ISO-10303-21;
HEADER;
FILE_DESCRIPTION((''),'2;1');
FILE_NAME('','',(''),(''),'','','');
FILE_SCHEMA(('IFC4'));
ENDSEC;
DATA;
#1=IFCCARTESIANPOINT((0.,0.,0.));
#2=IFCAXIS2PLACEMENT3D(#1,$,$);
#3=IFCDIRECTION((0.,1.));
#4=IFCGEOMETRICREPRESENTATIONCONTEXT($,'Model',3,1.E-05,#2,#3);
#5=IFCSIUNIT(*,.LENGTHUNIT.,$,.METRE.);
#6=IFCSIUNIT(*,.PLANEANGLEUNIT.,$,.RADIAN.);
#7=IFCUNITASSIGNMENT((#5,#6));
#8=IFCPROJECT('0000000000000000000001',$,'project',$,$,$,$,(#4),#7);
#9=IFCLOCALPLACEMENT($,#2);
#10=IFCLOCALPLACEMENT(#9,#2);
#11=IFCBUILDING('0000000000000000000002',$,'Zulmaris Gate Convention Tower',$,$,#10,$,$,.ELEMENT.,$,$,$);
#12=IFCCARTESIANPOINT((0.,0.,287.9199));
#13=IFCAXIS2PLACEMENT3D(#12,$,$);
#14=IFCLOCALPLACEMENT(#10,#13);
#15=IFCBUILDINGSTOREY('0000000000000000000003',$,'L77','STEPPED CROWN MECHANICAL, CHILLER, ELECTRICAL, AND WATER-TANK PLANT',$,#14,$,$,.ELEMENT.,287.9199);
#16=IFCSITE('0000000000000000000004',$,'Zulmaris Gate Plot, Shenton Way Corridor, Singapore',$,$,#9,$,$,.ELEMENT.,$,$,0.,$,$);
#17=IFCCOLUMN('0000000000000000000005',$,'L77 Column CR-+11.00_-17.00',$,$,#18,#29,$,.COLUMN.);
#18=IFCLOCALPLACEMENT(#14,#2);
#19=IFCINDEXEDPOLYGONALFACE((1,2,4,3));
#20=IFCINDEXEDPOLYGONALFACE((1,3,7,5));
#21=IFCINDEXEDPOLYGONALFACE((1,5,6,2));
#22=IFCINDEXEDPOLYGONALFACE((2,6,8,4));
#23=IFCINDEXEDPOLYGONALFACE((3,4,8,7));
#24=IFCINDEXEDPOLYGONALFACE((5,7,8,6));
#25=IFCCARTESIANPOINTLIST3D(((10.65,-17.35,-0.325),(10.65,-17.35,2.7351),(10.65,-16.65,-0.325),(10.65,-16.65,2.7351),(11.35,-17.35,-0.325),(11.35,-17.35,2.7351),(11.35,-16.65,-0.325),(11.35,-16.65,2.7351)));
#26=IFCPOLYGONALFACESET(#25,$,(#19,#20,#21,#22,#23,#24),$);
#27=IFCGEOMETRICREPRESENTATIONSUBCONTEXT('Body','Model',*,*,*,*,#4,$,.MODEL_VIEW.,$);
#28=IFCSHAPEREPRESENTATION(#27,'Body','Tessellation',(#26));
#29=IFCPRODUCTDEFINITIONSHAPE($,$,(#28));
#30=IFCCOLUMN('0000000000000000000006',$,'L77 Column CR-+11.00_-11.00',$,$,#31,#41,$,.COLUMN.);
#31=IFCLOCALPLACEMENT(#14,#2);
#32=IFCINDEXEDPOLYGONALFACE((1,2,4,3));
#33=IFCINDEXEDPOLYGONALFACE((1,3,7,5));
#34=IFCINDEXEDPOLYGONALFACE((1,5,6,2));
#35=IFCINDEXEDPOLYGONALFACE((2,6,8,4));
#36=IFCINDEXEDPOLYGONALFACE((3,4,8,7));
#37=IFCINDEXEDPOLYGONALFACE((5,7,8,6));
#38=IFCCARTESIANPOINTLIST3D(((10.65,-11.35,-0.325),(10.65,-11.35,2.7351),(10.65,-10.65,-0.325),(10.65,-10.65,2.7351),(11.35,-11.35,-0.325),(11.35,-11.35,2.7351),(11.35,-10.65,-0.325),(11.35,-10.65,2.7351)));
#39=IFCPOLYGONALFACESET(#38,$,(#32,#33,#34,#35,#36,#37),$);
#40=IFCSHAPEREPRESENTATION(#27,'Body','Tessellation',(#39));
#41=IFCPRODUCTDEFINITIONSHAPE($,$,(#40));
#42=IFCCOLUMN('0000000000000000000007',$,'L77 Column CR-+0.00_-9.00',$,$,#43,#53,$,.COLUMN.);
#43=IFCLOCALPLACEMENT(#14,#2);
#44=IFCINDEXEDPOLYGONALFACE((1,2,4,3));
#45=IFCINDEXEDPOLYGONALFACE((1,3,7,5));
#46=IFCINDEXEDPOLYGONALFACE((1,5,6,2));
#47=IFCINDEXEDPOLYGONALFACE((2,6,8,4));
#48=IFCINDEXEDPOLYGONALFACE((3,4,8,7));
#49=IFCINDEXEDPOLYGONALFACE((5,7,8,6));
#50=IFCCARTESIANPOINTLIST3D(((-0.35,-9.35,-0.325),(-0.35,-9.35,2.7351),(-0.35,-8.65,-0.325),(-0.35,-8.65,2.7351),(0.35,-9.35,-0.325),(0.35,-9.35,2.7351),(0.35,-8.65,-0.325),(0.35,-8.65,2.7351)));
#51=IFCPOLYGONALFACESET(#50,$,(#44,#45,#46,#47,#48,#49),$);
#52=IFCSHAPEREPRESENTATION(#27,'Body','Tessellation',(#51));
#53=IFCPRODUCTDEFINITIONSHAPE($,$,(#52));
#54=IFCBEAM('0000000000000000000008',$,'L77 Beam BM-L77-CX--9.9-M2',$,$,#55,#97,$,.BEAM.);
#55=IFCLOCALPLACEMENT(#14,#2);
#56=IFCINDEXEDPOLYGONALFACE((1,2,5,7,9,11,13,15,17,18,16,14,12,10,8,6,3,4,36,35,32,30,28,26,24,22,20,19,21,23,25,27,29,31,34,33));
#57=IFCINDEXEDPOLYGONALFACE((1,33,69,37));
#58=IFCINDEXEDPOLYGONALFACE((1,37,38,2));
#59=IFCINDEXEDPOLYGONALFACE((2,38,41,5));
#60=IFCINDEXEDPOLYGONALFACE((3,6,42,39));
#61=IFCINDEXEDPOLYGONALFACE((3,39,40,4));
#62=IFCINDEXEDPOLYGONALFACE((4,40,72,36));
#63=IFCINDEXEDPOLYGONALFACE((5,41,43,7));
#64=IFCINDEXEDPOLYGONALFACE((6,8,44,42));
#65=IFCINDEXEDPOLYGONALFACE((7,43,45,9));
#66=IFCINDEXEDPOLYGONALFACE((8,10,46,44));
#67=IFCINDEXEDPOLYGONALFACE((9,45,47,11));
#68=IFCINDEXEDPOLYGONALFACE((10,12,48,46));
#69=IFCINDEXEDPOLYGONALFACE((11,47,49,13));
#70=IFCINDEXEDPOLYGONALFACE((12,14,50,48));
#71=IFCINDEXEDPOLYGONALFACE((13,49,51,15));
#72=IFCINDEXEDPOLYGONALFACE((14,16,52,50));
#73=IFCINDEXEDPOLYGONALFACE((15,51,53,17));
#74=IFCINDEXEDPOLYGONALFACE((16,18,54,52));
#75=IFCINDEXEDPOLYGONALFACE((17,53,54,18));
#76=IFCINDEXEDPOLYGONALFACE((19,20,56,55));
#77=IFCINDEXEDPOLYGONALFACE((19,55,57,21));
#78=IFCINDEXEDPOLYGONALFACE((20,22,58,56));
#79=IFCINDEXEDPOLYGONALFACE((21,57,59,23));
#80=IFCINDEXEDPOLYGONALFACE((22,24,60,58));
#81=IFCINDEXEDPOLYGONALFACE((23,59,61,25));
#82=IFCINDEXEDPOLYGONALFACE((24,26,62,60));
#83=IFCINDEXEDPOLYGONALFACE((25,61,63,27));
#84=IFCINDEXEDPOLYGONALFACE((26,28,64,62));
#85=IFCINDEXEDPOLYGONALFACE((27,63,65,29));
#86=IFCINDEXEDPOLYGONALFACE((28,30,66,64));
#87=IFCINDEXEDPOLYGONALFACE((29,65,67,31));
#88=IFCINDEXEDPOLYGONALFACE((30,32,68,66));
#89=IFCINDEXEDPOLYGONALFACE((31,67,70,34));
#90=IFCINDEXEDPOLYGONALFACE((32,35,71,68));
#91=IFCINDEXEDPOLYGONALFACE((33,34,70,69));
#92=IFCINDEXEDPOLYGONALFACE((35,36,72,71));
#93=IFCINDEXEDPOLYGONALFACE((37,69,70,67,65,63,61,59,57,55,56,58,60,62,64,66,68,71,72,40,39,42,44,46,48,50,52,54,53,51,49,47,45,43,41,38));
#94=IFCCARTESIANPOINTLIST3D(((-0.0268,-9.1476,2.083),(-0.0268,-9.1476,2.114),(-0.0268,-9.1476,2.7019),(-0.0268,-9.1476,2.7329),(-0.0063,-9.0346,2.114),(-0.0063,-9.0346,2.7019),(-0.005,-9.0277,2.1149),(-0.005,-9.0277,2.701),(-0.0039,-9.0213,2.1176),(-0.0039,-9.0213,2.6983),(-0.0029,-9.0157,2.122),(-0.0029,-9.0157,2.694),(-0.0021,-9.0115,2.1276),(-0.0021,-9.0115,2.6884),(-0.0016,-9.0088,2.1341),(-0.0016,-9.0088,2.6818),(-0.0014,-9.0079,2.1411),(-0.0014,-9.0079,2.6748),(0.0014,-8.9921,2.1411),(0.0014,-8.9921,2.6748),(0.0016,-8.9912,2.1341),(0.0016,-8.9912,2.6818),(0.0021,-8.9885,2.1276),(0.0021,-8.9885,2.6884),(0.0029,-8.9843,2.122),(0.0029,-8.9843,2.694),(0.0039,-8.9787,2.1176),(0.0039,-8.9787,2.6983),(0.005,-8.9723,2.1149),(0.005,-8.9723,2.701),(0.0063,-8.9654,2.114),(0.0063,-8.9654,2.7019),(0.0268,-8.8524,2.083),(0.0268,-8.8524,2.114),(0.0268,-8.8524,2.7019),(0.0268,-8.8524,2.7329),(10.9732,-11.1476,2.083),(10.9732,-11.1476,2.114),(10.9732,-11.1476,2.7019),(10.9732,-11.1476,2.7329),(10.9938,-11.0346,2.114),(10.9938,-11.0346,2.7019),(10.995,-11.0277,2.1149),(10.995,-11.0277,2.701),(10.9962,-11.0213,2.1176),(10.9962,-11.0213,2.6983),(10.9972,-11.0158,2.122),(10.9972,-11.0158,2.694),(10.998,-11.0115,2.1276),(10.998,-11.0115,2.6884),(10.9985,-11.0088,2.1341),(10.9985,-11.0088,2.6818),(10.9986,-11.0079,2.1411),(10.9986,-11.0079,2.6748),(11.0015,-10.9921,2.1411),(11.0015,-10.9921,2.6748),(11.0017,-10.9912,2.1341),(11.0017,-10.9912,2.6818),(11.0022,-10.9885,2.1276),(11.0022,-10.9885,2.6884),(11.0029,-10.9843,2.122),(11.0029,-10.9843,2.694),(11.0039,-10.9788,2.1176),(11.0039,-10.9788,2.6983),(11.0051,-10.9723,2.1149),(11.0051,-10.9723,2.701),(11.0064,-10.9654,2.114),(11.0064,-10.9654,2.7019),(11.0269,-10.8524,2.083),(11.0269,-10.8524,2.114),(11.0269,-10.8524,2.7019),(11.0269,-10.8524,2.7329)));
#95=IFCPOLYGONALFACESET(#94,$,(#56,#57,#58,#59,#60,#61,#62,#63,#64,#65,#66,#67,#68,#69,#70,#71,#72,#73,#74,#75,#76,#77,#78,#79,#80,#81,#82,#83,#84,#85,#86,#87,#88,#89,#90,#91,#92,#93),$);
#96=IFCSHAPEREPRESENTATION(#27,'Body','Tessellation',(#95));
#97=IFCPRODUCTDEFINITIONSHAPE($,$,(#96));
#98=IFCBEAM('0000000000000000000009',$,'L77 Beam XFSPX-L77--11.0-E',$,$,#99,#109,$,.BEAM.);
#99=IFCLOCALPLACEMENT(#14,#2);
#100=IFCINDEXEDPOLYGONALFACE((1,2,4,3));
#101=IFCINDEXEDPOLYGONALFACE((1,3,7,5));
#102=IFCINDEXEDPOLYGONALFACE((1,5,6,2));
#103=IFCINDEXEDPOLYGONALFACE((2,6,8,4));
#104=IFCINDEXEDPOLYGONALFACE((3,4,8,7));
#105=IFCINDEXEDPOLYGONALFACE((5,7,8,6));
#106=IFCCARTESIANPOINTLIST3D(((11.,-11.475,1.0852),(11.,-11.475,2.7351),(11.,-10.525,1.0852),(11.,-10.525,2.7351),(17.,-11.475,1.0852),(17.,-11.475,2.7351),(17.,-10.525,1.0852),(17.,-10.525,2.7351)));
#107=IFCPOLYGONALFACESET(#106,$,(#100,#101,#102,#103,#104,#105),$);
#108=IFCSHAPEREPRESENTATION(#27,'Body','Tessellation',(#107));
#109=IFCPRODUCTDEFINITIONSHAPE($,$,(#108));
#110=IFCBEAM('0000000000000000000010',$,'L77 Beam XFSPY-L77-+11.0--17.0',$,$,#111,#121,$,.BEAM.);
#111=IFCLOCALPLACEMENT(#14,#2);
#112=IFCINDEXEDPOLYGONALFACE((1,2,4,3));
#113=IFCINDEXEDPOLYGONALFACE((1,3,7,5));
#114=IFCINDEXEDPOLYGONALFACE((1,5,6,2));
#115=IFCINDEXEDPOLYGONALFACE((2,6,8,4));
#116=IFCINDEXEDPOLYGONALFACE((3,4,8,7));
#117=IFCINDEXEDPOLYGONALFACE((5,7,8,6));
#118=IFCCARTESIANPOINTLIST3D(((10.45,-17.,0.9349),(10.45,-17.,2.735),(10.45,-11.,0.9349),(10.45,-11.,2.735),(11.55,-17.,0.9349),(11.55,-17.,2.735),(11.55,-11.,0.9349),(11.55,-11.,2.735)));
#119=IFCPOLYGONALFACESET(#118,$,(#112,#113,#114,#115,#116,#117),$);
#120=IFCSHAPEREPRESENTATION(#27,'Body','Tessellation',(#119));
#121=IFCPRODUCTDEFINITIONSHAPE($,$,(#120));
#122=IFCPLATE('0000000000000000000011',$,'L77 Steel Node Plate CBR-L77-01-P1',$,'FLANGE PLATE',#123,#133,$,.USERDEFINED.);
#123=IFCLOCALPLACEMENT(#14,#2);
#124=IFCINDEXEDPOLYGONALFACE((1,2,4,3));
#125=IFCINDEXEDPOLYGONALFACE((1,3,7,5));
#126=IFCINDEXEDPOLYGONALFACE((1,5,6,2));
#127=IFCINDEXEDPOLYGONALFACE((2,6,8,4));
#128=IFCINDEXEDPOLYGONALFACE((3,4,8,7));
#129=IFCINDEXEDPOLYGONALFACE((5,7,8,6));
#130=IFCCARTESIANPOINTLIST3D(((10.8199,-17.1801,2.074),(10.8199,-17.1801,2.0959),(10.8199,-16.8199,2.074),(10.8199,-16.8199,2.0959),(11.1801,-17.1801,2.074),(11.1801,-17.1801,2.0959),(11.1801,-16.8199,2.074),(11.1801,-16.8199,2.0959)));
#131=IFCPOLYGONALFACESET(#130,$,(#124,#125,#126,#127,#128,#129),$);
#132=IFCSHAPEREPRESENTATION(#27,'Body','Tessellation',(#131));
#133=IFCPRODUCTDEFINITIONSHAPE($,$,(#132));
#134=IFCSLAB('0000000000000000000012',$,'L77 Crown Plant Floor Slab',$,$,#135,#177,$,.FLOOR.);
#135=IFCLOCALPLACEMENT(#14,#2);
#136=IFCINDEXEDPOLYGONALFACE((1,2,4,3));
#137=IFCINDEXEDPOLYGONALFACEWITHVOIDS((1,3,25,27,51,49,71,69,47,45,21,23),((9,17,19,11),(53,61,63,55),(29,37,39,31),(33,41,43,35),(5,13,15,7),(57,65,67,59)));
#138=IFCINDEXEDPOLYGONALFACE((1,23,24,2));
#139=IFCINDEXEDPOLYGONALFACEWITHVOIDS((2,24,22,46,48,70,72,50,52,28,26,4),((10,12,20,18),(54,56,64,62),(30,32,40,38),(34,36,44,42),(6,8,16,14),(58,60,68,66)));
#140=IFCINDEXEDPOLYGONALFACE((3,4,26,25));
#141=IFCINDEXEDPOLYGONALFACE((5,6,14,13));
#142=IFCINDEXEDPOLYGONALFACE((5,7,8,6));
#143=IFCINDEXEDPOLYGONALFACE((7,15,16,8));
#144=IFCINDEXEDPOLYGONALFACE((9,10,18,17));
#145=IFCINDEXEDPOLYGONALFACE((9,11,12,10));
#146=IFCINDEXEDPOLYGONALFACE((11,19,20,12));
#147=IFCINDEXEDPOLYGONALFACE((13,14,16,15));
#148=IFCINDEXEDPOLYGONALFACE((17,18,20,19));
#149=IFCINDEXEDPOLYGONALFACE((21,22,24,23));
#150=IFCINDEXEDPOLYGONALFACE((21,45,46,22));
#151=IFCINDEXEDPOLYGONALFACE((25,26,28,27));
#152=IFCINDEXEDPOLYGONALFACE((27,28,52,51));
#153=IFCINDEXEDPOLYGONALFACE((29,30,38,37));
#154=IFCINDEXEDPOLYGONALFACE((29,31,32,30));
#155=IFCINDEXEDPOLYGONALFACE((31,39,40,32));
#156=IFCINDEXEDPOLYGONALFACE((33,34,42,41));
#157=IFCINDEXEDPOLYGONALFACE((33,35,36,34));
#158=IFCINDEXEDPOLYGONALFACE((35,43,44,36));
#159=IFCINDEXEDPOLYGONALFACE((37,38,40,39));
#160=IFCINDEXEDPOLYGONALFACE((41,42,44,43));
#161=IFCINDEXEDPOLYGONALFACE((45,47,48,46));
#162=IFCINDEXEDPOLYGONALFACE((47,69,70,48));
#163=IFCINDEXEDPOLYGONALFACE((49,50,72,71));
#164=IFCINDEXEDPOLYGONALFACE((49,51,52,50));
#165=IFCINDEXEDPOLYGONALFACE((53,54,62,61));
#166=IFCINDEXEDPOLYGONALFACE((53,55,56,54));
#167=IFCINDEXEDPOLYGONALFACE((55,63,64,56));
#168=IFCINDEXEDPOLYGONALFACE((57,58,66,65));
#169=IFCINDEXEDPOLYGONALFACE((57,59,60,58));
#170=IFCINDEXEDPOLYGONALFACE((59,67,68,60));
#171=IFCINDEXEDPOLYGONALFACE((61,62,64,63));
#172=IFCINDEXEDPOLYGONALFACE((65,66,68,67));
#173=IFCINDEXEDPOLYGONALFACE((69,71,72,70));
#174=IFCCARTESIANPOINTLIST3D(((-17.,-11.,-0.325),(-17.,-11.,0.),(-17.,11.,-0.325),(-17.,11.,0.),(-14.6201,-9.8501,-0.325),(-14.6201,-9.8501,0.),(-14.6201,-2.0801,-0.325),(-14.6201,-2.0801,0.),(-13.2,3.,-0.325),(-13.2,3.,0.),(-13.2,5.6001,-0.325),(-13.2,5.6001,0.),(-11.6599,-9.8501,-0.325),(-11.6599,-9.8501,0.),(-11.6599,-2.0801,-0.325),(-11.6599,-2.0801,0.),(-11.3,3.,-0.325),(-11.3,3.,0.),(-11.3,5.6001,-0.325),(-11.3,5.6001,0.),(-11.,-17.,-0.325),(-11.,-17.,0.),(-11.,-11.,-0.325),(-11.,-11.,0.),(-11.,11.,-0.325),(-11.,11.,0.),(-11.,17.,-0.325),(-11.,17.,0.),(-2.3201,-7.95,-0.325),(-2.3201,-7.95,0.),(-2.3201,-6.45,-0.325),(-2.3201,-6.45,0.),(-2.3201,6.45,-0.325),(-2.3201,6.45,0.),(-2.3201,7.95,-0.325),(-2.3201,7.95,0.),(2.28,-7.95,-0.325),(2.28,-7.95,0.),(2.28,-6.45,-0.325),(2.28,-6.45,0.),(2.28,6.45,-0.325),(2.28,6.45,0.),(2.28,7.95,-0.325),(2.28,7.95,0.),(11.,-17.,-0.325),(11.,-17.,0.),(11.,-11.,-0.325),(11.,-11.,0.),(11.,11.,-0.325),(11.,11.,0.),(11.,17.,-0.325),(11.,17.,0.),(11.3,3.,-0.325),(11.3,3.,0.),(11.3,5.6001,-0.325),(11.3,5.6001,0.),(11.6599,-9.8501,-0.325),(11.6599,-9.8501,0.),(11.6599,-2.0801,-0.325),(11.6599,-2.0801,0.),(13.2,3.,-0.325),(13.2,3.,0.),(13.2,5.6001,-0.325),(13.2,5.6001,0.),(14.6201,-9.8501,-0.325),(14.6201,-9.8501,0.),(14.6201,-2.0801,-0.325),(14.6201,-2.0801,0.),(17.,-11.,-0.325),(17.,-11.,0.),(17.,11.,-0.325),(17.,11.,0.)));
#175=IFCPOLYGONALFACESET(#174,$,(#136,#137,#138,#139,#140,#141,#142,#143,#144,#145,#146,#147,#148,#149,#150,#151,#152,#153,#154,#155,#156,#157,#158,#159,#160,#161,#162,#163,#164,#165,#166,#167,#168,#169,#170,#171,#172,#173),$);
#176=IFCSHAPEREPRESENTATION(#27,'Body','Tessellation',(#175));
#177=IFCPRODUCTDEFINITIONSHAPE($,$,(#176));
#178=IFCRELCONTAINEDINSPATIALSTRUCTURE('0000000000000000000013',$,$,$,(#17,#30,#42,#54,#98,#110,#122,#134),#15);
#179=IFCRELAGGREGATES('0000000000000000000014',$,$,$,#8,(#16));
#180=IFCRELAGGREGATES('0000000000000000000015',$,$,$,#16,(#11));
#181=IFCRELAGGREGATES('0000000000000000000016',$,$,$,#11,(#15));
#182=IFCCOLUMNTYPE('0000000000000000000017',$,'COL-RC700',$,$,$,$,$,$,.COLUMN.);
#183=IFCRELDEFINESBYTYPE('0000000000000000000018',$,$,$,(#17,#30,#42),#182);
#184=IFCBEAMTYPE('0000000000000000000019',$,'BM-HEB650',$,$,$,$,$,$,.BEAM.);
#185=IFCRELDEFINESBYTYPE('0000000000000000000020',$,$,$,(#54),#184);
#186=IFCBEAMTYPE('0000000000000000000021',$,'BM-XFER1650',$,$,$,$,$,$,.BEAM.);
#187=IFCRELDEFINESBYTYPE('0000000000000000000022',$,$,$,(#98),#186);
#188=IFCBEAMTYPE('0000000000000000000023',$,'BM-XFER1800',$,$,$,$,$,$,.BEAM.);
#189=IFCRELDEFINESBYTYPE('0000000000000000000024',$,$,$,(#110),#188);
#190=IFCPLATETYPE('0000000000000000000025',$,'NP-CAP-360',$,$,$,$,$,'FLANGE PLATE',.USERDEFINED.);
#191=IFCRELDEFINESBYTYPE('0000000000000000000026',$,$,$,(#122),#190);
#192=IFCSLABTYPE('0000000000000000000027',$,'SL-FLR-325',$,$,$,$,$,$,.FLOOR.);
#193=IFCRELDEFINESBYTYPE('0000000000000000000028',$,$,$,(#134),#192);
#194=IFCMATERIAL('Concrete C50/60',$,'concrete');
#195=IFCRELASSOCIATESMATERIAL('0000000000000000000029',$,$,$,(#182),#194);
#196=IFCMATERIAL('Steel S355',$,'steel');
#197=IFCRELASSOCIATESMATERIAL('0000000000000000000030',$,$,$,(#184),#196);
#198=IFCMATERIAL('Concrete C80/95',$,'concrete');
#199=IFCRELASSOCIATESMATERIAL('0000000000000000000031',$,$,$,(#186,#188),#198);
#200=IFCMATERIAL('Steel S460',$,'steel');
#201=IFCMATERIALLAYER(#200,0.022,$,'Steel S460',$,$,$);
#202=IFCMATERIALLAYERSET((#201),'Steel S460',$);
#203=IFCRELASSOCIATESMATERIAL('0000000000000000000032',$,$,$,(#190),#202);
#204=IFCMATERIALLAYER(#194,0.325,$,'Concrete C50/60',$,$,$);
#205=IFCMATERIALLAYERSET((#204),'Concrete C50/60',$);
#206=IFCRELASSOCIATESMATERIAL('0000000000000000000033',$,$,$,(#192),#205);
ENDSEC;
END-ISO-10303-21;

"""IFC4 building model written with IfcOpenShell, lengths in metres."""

from ifc_helpers import new_model, si_unit, direction, frame, origin, origin_2d, place, context, subcontext, project, spatial, polyline, rectangle, i_section, outline, extrude, material, layer, layer_set, material_profile, profile_set, type_object, element, save


model = new_model("IFC4")

# Units and contexts
model_context = context("Model", 3, precision=1e-05, world=origin(), true_north=direction((0.0, 1.0)))
body_context = subcontext(model_context, "Body", "Model", "MODEL_VIEW")
ifc_project = project(units=[si_unit("LENGTHUNIT", "METRE"), si_unit("PLANEANGLEUNIT", "RADIAN")], contexts=[model_context])

# Site, building, storey
site_placement = place(None, origin())
site = spatial("IfcSite", under=ifc_project, at=site_placement, Name="Zulmaris Gate Plot, Shenton Way Corridor, Singapore", CompositionType="ELEMENT", RefElevation=0.0)
building_placement = place(site_placement, origin())
building = spatial("IfcBuilding", under=site, at=building_placement, Name="Zulmaris Gate Convention Tower", CompositionType="ELEMENT")
storey_placement = place(building_placement, frame((0.0, 0.0, 287.9199)))
storey = spatial("IfcBuildingStorey", under=building, at=storey_placement, Name="L77", Description="STEPPED CROWN MECHANICAL, CHILLER, ELECTRICAL, AND WATER-TANK PLANT", CompositionType="ELEMENT", Elevation=287.9199)

# Columns
ifc_material_1 = material(Name="Concrete C50/60", Category="concrete")
ifc_material_profile_1 = material_profile(ifc_material_1, rectangle(XDim=0.7, YDim=0.7, at=origin_2d()), Name="RC COL 700x700")
ifc_profile_set_1 = profile_set([ifc_material_profile_1], Name="Concrete C50/60")
column_type = type_object("IfcColumnType", Name="COL-RC700", PredefinedType="COLUMN", material=ifc_profile_set_1)
for number, where, z_axis, x_axis, name in (
    (1, (11.0, -17.0, -0.325), (0.0, 0.0, 1.0), (1.0, 0.0, 0.0), "L77 Column CR-+11.00_-17.00"),
    (2, (11.0, -11.0, -0.325), (0.0, 0.0, 1.0), (1.0, 0.0, 0.0), "L77 Column CR-+11.00_-11.00"),
    (3, (0.0, -9.0, -0.325), (0.0, 0.0, 1.0), (1.0, 0.0, 0.0), "L77 Column CR-+0.00_-9.00"),
):
    element("IfcColumn", number, at=place(storey_placement, frame(where, z_axis=z_axis, x_axis=x_axis)), inside=storey, type_object=column_type, Name=name, PredefinedType="COLUMN", context=body_context, shape_type="SweptSolid", body=[
        extrude(rectangle(XDim=0.7, YDim=0.7, at=origin_2d()), origin(), (0.0, 0.0, 1.0), 3.0601),
    ])

# Beams
ifc_material_2 = material(Name="Steel S355", Category="steel")
ifc_material_profile_2 = material_profile(ifc_material_2, i_section(OverallWidth=0.3, OverallDepth=0.6499, WebThickness=0.0161, FlangeThickness=0.031, FilletRadius=0.0271, at=origin_2d()), Name="HEB 650")
ifc_profile_set_2 = profile_set([ifc_material_profile_2], Name="Steel S355")
beam_type_1 = type_object("IfcBeamType", Name="BM-HEB650", PredefinedType="BEAM", material=ifc_profile_set_2)
beam_1_placement = place(storey_placement, frame((0.0, -9.0, 2.408), z_axis=(0.98387, -0.178885, 0.0), x_axis=(0.178885, 0.98387, 0.0)))
element("IfcBeam", 4, at=beam_1_placement, inside=storey, type_object=beam_type_1, Name="L77 Beam BM-L77-CX--9.9-M2", PredefinedType="BEAM", context=body_context, shape_type="SweptSolid", body=[
    extrude(i_section(OverallWidth=0.3, OverallDepth=0.6499, WebThickness=0.0161, FlangeThickness=0.031, FilletRadius=0.0271, at=origin_2d()), origin(), (0.0, 0.0, 1.0), 11.1804),
])
ifc_material_3 = material(Name="Concrete C80/95", Category="concrete")
ifc_material_profile_3 = material_profile(ifc_material_3, rectangle(XDim=0.95, YDim=1.6499, at=origin_2d()), Name="RC TRANSFER 950x1650")
ifc_profile_set_3 = profile_set([ifc_material_profile_3], Name="Concrete C80/95")
beam_type_2 = type_object("IfcBeamType", Name="BM-XFER1650", PredefinedType="BEAM", material=ifc_profile_set_3)
beam_2_placement = place(storey_placement, frame((11.0, -11.0, 1.9102), z_axis=(1.0, 0.0, 0.0), x_axis=(0.0, 1.0, 0.0)))
element("IfcBeam", 5, at=beam_2_placement, inside=storey, type_object=beam_type_2, Name="L77 Beam XFSPX-L77--11.0-E", PredefinedType="BEAM", context=body_context, shape_type="SweptSolid", body=[
    extrude(rectangle(XDim=0.95, YDim=1.6499, at=origin_2d()), origin(), (0.0, 0.0, 1.0), 6.0),
])
ifc_material_profile_4 = material_profile(ifc_material_3, rectangle(XDim=1.1001, YDim=1.8, at=origin_2d()), Name="RC TRANSFER 1100x1800")
ifc_profile_set_4 = profile_set([ifc_material_profile_4], Name="Concrete C80/95")
beam_type_3 = type_object("IfcBeamType", Name="BM-XFER1800", PredefinedType="BEAM", material=ifc_profile_set_4)
beam_3_placement = place(storey_placement, frame((11.0, -17.0, 1.835), z_axis=(0.0, 1.0, 0.0), x_axis=(-1.0, 0.0, 0.0)))
element("IfcBeam", 6, at=beam_3_placement, inside=storey, type_object=beam_type_3, Name="L77 Beam XFSPY-L77-+11.0--17.0", PredefinedType="BEAM", context=body_context, shape_type="SweptSolid", body=[
    extrude(rectangle(XDim=1.1001, YDim=1.8, at=origin_2d()), origin(), (0.0, 0.0, 1.0), 6.0),
])

# Plate
ifc_material_4 = material(Name="Steel S460", Category="steel")
ifc_layer_1 = layer(ifc_material_4, 0.022, Name="Steel S460")
ifc_layer_set_1 = layer_set([ifc_layer_1], Name="Steel S460")
plate_type = type_object("IfcPlateType", Name="NP-CAP-360", ElementType="FLANGE PLATE", PredefinedType="USERDEFINED", material=ifc_layer_set_1)
plate_placement = place(storey_placement, frame((11.0, -17.0, 2.074), z_axis=(0.0, 0.0, 1.0), x_axis=(1.0, 0.0, 0.0)))
element("IfcPlate", 7, at=plate_placement, inside=storey, type_object=plate_type, Name="L77 Steel Node Plate CBR-L77-01-P1", ObjectType="FLANGE PLATE", PredefinedType="USERDEFINED", context=body_context, shape_type="SweptSolid", body=[
    extrude(rectangle(XDim=0.3601, YDim=0.3601, at=origin_2d()), origin(), (0.0, 0.0, 1.0), 0.022),
])

# Slab
ifc_layer_2 = layer(ifc_material_1, 0.325, Name="Concrete C50/60")
ifc_layer_set_2 = layer_set([ifc_layer_2], Name="Concrete C50/60")
slab_type_1 = type_object("IfcSlabType", Name="SL-FLR-325", PredefinedType="FLOOR", material=ifc_layer_set_2)
slab_1_placement = place(storey_placement, frame((0.0, 0.0, -0.325)))
element("IfcSlab", 8, at=slab_1_placement, inside=storey, type_object=slab_type_1, Name="L77 Crown Plant Floor Slab", PredefinedType="FLOOR", context=body_context, shape_type="SweptSolid", body=[
    extrude(outline(polyline([(-11.0, -17.0), (11.0, -17.0), (11.0, -11.0), (17.0, -11.0), (17.0, 11.0), (11.0, 11.0), (11.0, 17.0), (-11.0, 17.0), (-11.0, 11.0), (-17.0, 11.0), (-17.0, -11.0), (-11.0, -11.0), (-11.0, -17.0)]), holes=[polyline([(-14.6201, -2.0801), (-14.6201, -9.8501), (-11.6599, -9.8501), (-11.6599, -2.0801), (-14.6201, -2.0801)]), polyline([(11.6599, -2.0801), (11.6599, -9.8501), (14.6201, -9.8501), (14.6201, -2.0801), (11.6599, -2.0801)]), polyline([(-2.3201, -7.95), (2.28, -7.95), (2.28, -6.45), (-2.3201, -6.45), (-2.3201, -7.95)]), polyline([(-2.3201, 6.45), (2.28, 6.45), (2.28, 7.95), (-2.3201, 7.95), (-2.3201, 6.45)]), polyline([(-13.2, 3.0), (-11.3, 3.0), (-11.3, 5.6001), (-13.2, 5.6001), (-13.2, 3.0)]), polyline([(11.3, 3.0), (13.2, 3.0), (13.2, 5.6001), (11.3, 5.6001), (11.3, 3.0)])]), origin(), (0.0, 0.0, 1.0), 0.325),
])

save(model, "model.ifc")
